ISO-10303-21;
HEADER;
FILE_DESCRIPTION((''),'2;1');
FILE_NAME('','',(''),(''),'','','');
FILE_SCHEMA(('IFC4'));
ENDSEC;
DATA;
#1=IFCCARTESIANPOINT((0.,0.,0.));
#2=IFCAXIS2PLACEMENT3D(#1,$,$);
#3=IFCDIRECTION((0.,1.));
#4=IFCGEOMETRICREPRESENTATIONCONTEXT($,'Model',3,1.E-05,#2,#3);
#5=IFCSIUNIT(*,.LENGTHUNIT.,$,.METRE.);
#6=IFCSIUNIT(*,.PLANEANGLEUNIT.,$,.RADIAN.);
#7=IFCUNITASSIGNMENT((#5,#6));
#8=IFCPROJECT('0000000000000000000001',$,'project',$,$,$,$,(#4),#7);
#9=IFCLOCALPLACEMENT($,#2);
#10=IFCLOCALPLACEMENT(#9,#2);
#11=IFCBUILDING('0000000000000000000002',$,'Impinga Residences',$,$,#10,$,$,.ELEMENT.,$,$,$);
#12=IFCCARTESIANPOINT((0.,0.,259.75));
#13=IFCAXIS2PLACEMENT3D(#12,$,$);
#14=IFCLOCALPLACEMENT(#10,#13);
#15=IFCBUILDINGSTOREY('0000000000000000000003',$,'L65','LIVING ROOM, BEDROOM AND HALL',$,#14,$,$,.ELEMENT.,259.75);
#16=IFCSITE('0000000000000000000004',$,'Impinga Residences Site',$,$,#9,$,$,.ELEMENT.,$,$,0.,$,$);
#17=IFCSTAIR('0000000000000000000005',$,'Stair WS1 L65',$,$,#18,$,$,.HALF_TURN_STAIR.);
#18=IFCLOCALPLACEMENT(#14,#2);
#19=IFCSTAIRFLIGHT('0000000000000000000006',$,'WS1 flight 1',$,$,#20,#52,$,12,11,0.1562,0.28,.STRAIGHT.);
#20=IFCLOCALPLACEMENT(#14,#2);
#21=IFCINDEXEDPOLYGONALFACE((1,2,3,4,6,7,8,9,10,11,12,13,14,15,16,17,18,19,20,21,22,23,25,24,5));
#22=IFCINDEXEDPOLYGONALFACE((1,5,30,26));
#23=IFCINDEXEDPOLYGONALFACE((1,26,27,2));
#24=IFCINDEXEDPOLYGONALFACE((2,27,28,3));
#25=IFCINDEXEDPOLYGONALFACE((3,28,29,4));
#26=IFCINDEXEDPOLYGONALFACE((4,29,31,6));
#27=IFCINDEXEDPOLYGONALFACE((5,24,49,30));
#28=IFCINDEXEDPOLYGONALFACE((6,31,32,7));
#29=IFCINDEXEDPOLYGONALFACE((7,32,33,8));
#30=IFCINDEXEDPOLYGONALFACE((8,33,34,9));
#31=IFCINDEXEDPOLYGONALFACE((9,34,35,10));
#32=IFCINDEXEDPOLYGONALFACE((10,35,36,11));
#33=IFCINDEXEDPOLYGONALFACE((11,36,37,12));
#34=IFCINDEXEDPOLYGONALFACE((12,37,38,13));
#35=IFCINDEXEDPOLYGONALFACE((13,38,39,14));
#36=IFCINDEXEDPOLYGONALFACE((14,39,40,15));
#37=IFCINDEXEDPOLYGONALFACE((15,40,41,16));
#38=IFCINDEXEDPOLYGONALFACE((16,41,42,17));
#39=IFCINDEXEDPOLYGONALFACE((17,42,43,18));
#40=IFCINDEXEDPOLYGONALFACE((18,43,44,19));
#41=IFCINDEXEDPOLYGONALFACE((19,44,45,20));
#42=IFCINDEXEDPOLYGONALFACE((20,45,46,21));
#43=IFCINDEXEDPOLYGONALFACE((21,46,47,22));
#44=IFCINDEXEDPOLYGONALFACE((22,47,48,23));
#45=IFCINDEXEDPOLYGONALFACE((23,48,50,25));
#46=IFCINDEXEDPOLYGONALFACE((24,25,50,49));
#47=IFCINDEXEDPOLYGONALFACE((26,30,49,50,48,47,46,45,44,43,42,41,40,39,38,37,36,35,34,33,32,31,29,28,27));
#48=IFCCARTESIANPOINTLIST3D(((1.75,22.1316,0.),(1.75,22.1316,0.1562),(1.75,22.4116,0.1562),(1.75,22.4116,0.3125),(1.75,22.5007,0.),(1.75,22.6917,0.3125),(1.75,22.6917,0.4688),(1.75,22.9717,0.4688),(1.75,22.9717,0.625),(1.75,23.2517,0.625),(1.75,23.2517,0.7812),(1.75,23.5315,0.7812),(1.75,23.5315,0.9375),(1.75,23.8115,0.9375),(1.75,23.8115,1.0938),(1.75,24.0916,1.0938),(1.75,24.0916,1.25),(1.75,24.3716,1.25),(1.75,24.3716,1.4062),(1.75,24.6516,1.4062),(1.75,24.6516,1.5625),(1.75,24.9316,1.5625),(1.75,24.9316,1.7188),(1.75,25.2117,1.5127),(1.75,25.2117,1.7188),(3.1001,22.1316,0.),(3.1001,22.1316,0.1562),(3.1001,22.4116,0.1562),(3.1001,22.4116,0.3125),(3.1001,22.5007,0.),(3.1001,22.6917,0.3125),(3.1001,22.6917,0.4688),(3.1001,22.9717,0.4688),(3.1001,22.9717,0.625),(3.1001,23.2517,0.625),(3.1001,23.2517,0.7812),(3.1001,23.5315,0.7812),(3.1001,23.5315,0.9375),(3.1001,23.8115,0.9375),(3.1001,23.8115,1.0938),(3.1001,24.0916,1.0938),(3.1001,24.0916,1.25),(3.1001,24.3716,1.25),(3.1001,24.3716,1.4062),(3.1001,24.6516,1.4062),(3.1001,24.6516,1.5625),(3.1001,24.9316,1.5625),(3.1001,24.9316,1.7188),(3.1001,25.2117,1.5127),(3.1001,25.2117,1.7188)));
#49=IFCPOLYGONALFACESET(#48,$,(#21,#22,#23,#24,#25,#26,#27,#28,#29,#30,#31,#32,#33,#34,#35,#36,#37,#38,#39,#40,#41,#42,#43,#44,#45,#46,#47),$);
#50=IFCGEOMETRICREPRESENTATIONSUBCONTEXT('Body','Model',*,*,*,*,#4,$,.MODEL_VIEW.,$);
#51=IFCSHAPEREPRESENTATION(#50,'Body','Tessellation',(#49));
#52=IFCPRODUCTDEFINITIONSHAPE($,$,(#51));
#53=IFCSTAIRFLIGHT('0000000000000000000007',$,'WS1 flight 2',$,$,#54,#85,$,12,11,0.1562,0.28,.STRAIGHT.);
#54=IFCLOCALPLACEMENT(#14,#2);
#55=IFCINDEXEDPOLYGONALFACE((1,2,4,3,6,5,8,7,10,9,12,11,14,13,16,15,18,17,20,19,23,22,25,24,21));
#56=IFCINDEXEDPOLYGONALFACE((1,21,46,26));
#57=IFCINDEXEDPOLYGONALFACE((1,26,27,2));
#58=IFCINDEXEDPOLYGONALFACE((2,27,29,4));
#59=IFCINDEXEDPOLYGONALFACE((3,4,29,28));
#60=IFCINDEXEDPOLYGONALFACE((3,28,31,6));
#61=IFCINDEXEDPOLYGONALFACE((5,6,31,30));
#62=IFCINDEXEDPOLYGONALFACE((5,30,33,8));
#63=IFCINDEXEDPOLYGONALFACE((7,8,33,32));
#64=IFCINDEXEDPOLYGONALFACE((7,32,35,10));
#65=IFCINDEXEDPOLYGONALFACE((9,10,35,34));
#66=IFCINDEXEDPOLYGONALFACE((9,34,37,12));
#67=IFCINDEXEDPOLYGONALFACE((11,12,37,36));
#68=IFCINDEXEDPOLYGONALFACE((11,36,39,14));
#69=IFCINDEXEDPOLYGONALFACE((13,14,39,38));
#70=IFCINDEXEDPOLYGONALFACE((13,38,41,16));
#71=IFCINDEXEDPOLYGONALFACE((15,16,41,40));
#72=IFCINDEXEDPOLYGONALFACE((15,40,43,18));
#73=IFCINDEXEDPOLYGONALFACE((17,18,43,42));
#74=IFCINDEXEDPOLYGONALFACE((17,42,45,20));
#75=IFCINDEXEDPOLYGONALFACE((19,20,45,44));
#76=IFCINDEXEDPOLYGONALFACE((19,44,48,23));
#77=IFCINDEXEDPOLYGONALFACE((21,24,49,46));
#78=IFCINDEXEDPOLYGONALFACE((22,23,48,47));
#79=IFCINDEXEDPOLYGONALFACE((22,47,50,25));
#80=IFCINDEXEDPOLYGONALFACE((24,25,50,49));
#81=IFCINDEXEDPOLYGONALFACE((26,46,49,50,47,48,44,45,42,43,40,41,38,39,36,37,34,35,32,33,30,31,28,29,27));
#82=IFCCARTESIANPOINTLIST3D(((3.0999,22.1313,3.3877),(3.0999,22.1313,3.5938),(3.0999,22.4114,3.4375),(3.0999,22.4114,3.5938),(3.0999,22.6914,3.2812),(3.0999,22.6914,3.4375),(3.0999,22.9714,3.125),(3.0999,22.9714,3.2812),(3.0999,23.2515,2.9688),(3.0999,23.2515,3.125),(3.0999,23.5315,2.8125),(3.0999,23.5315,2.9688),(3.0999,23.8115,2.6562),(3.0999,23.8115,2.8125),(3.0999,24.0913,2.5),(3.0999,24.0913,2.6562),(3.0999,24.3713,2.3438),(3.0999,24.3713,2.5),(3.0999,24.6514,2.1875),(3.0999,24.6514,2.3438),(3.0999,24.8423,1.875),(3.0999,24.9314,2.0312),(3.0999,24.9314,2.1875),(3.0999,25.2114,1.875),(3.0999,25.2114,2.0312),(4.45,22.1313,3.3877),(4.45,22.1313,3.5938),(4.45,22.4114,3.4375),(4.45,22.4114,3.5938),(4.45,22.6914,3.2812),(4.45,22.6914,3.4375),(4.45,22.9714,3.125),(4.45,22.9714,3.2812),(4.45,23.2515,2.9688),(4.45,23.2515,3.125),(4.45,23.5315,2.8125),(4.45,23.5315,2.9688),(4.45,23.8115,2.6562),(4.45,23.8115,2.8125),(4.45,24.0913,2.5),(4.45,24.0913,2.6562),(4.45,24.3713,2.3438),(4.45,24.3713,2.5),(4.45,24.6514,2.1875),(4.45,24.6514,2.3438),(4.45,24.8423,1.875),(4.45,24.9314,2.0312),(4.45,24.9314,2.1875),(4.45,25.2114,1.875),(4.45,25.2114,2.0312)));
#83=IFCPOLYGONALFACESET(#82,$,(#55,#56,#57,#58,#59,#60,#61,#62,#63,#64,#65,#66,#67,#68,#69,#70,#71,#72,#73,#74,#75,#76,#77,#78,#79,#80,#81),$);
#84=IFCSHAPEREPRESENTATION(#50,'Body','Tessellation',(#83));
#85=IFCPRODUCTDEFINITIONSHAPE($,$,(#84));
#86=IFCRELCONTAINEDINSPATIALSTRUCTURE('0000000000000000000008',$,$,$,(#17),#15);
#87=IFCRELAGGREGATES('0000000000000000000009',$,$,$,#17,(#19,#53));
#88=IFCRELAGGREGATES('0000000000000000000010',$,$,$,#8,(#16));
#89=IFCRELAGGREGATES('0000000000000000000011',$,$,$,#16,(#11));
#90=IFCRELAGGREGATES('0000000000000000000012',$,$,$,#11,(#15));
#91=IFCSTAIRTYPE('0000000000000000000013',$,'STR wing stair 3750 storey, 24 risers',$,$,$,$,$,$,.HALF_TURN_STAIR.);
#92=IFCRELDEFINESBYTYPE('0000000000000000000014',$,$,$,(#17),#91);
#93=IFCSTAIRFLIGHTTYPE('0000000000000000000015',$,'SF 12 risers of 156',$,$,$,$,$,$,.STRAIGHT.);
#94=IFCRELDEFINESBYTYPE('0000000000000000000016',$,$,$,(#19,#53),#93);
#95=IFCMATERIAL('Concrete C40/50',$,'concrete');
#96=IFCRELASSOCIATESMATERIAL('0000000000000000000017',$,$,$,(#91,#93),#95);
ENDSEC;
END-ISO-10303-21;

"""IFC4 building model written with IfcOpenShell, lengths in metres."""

from ifc_helpers import new_model, si_unit, direction, frame, origin, place, context, subcontext, project, spatial, polyline, outline, extrude, material, type_object, element, aggregate, save


model = new_model("IFC4")

# Units and contexts
model_context = context("Model", 3, precision=1e-05, world=origin(), true_north=direction((0.0, 1.0)))
body_context = subcontext(model_context, "Body", "Model", "MODEL_VIEW")
ifc_project = project(units=[si_unit("LENGTHUNIT", "METRE"), si_unit("PLANEANGLEUNIT", "RADIAN")], contexts=[model_context])

# Site, building, storey
site_placement = place(None, origin())
site = spatial("IfcSite", under=ifc_project, at=site_placement, Name="Impinga Residences Site", CompositionType="ELEMENT", RefElevation=0.0)
building_placement = place(site_placement, origin())
building = spatial("IfcBuilding", under=site, at=building_placement, Name="Impinga Residences", CompositionType="ELEMENT")
storey_placement = place(building_placement, frame((0.0, 0.0, 259.75)))
storey = spatial("IfcBuildingStorey", under=building, at=storey_placement, Name="L65", Description="LIVING ROOM, BEDROOM AND HALL", CompositionType="ELEMENT", Elevation=259.75)

# Stair, stair flights
ifc_material_1 = material(Name="Concrete C40/50", Category="concrete")
stair_type = type_object("IfcStairType", Name="STR wing stair 3750 storey, 24 risers", PredefinedType="HALF_TURN_STAIR", material=ifc_material_1)
stair_placement = place(storey_placement, origin())
stair = element("IfcStair", 1, at=stair_placement, inside=storey, type_object=stair_type, Name="Stair WS1 L65", PredefinedType="HALF_TURN_STAIR")
stair_flight_type = type_object("IfcStairFlightType", Name="SF 12 risers of 156", PredefinedType="STRAIGHT", material=ifc_material_1)
stair_flight_1_placement = place(storey_placement, frame((2.425, 22.1316, 0.0), z_axis=(0.0, 0.0, 1.0), x_axis=(0.0, 1.0, 0.0)))
stair_flight_1 = element("IfcStairFlight", 2, at=stair_flight_1_placement, type_object=stair_flight_type, Name="WS1 flight 1", NumberOfRisers=12, NumberOfTreads=11, PredefinedType="STRAIGHT", RiserHeight=0.1562, TreadLength=0.28, context=body_context, shape_type="SweptSolid", body=[
    extrude(outline(polyline([(0.0, 0.0), (0.0, 0.1562), (0.28, 0.1562), (0.28, 0.3125), (0.5601, 0.3125), (0.5601, 0.4688), (0.8401, 0.4688), (0.8401, 0.625), (1.1201, 0.625), (1.1201, 0.7812), (1.3999, 0.7812), (1.3999, 0.9375), (1.6799, 0.9375), (1.6799, 1.0938), (1.96, 1.0938), (1.96, 1.25), (2.24, 1.25), (2.24, 1.4062), (2.52, 1.4062), (2.52, 1.5625), (2.8, 1.5625), (2.8, 1.7188), (3.0801, 1.7188), (3.0801, 1.875), (3.0801, 1.5127), (0.3691, 0.0), (0.0, 0.0)])), frame((0.0, 0.675, 0.0), z_axis=(0.0, -1.0, 0.0), x_axis=(1.0, 0.0, 0.0)), (0.0, 0.0, 1.0), 1.3501),
])
stair_flight_2_placement = place(storey_placement, frame((3.7749, 25.2114, 1.875), z_axis=(0.0, 0.0, 1.0), x_axis=(0.0, -1.0, 0.0)))
stair_flight_2 = element("IfcStairFlight", 3, at=stair_flight_2_placement, type_object=stair_flight_type, Name="WS1 flight 2", NumberOfRisers=12, NumberOfTreads=11, PredefinedType="STRAIGHT", RiserHeight=0.1562, TreadLength=0.28, context=body_context, shape_type="SweptSolid", body=[
    extrude(outline(polyline([(0.0, 0.0), (0.0, 0.1562), (0.28, 0.1562), (0.28, 0.3125), (0.5601, 0.3125), (0.5601, 0.4688), (0.8401, 0.4688), (0.8401, 0.625), (1.1201, 0.625), (1.1201, 0.7812), (1.3999, 0.7812), (1.3999, 0.9375), (1.6799, 0.9375), (1.6799, 1.0938), (1.96, 1.0938), (1.96, 1.25), (2.24, 1.25), (2.24, 1.4062), (2.52, 1.4062), (2.52, 1.5625), (2.8, 1.5625), (2.8, 1.7188), (3.0801, 1.7188), (3.0801, 1.875), (3.0801, 1.5127), (0.3691, 0.0), (0.0, 0.0)])), frame((0.0, 0.675, 0.0), z_axis=(0.0, -1.0, 0.0), x_axis=(1.0, 0.0, 0.0)), (0.0, 0.0, 1.0), 1.3501),
])
aggregate(stair, [stair_flight_1, stair_flight_2])

save(model, "model.ifc")
